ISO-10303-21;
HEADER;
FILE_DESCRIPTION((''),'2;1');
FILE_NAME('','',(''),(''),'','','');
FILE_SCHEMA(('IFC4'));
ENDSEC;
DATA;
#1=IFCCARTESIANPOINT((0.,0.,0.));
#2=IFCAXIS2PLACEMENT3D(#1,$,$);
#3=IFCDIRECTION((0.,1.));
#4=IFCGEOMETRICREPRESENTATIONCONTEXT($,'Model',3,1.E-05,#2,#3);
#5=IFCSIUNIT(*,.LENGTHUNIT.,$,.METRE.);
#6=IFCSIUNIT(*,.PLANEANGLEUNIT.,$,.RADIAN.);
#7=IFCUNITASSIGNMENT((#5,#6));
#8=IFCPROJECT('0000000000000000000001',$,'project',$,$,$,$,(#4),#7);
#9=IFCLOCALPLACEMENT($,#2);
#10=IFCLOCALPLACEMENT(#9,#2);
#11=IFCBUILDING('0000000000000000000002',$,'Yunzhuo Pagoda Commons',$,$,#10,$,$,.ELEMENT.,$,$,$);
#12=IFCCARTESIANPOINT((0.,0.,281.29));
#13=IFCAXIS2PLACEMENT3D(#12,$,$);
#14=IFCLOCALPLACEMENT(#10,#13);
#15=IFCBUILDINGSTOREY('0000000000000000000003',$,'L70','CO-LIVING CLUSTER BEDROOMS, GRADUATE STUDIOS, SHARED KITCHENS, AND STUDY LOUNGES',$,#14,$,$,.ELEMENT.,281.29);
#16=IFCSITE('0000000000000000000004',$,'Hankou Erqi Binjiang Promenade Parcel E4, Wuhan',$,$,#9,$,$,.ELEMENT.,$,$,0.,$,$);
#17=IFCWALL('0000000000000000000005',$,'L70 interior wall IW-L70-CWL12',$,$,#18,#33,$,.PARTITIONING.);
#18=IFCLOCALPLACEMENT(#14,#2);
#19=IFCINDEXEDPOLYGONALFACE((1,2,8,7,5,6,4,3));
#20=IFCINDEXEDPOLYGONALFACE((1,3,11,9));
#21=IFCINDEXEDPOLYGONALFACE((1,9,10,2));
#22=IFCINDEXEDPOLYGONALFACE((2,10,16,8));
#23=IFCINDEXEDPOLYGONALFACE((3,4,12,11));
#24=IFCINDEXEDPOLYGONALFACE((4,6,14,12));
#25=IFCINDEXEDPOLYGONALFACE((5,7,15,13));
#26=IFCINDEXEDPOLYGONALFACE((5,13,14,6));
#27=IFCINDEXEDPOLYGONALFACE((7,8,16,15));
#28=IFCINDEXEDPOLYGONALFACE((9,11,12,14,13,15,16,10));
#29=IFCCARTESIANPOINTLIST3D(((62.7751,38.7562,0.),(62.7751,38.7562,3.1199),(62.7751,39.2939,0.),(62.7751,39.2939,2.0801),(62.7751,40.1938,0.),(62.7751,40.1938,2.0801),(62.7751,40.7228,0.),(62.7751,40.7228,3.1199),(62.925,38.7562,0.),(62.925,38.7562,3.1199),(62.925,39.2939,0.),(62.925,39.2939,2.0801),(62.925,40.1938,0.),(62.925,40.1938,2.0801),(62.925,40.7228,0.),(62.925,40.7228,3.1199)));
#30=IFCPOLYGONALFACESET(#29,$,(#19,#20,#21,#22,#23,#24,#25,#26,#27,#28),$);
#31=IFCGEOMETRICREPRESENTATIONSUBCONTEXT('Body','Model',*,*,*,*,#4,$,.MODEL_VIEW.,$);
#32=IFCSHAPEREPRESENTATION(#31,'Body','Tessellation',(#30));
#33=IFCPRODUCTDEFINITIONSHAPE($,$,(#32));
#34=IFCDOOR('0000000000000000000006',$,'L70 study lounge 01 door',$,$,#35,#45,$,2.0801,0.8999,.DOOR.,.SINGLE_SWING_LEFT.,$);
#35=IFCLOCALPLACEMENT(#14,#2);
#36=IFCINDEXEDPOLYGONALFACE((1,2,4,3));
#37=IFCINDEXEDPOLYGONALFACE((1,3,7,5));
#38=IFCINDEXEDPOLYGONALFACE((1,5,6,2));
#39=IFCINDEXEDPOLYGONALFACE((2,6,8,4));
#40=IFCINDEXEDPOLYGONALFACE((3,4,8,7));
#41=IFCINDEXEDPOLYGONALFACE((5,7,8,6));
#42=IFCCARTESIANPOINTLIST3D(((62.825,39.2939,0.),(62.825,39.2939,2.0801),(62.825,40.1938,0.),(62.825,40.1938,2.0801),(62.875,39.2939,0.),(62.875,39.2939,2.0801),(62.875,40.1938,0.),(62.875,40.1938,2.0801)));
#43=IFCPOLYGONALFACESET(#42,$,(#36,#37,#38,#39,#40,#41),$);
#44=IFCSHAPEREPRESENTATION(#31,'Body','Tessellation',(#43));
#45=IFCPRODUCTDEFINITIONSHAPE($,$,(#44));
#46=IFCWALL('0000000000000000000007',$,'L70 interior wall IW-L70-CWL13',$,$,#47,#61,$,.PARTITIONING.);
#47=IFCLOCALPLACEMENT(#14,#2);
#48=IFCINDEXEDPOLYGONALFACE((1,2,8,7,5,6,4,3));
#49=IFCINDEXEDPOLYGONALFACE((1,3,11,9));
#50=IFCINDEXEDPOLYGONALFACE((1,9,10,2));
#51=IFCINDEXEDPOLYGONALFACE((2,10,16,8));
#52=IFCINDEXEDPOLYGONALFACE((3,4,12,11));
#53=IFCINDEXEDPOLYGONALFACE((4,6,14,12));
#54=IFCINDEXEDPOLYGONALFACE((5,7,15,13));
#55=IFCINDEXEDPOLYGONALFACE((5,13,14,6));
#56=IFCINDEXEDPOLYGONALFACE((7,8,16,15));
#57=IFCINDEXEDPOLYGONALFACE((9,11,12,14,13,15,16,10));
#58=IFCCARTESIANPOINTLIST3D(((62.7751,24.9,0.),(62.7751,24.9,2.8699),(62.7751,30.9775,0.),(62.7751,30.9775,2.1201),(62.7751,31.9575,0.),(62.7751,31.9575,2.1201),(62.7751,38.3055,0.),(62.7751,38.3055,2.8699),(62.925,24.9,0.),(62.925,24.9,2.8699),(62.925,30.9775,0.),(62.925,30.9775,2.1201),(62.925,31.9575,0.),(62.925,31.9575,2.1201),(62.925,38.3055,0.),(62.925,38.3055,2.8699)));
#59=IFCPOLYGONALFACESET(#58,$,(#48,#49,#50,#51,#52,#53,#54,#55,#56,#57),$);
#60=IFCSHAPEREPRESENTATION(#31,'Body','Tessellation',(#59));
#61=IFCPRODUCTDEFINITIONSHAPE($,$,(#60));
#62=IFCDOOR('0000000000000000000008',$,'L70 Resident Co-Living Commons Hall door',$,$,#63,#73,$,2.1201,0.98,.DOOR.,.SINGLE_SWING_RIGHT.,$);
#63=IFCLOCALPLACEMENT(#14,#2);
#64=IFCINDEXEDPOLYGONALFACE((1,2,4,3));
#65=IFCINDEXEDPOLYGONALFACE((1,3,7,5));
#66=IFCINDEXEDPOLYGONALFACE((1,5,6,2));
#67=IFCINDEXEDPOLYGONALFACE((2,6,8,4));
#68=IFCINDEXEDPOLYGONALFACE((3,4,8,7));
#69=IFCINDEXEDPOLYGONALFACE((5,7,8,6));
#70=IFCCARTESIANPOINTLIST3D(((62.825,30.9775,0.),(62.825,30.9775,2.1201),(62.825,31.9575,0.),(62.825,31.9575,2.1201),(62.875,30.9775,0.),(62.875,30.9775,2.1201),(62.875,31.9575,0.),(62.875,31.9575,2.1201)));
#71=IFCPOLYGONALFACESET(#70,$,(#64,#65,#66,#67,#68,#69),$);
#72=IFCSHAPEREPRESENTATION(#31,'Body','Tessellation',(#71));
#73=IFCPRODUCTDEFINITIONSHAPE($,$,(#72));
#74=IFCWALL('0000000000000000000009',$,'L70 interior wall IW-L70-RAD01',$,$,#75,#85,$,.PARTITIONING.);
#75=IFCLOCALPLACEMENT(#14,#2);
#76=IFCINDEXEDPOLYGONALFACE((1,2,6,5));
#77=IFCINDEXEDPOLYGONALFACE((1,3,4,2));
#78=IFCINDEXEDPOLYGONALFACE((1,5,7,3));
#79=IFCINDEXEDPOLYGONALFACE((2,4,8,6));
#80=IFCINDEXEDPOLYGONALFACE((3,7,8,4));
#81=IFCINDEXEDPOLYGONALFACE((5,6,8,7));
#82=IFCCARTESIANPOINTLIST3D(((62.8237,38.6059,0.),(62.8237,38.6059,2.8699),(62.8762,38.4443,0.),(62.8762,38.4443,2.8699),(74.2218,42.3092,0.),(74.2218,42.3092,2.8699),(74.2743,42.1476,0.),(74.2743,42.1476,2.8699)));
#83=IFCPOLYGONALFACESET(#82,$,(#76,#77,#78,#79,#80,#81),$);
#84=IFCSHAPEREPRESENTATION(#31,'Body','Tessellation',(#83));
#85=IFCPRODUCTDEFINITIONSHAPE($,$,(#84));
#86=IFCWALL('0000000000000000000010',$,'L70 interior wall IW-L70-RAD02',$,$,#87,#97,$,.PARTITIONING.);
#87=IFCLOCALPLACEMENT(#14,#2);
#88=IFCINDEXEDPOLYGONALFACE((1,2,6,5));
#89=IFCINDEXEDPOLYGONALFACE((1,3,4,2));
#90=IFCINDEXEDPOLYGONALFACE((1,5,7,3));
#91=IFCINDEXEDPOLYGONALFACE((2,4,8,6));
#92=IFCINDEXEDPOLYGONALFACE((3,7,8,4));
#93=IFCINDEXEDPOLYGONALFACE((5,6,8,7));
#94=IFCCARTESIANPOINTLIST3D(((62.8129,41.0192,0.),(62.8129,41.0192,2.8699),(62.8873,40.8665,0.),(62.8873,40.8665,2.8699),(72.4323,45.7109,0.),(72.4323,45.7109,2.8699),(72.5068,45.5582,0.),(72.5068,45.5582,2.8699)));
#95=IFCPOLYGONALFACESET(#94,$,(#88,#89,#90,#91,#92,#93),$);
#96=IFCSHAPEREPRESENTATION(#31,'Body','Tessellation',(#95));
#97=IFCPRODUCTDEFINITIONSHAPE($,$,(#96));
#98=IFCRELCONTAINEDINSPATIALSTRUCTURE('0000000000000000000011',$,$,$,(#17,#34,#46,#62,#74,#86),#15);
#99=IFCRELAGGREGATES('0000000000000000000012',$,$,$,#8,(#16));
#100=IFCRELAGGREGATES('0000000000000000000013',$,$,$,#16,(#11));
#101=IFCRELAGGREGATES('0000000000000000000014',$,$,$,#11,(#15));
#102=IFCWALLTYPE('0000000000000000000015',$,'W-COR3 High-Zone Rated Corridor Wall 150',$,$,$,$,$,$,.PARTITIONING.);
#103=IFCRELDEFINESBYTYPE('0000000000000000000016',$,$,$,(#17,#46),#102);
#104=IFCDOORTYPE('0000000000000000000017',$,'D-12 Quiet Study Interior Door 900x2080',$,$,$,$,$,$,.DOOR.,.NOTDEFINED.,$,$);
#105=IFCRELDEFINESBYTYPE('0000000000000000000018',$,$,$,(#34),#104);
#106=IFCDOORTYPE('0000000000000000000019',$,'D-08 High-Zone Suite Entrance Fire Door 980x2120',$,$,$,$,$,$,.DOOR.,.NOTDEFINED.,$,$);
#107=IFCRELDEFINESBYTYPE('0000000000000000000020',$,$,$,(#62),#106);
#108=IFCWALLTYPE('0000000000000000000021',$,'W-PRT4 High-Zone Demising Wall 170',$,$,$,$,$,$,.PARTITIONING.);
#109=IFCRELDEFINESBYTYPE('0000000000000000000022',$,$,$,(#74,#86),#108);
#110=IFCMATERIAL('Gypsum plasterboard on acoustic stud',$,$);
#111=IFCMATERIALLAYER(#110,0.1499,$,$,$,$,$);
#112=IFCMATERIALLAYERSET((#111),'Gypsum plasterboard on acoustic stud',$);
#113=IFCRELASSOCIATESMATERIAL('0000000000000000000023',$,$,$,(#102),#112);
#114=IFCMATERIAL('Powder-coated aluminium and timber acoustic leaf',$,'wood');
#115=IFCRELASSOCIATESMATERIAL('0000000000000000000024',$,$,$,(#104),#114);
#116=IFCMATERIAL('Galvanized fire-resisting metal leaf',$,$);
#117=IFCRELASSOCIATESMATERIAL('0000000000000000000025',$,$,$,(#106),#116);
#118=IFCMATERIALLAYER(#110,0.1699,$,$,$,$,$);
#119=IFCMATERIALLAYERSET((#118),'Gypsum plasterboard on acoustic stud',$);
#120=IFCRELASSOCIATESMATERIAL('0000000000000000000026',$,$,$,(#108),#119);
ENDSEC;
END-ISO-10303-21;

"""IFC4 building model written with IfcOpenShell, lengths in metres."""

from ifc_helpers import new_model, si_unit, direction, frame, frame_2d, origin, origin_with_axes, place, context, subcontext, project, spatial, rectangle, extrude, source, transform, mapped, material, layer, layer_set, type_object, element, fill, save


model = new_model("IFC4")

# Units and contexts
model_context = context("Model", 3, precision=1e-05, world=origin(), true_north=direction((0.0, 1.0)))
body_context = subcontext(model_context, "Body", "Model", "MODEL_VIEW")
ifc_project = project(units=[si_unit("LENGTHUNIT", "METRE"), si_unit("PLANEANGLEUNIT", "RADIAN")], contexts=[model_context])

# Site, building, storey
site_placement = place(None, origin())
site = spatial("IfcSite", under=ifc_project, at=site_placement, Name="Hankou Erqi Binjiang Promenade Parcel E4, Wuhan", CompositionType="ELEMENT", RefElevation=0.0)
building_placement = place(site_placement, origin())
building = spatial("IfcBuilding", under=site, at=building_placement, Name="Yunzhuo Pagoda Commons", CompositionType="ELEMENT")
storey_placement = place(building_placement, frame((0.0, 0.0, 281.29)))
storey = spatial("IfcBuildingStorey", under=building, at=storey_placement, Name="L70", Description="CO-LIVING CLUSTER BEDROOMS, GRADUATE STUDIOS, SHARED KITCHENS, AND STUDY LOUNGES", CompositionType="ELEMENT", Elevation=281.29)

# Shared definitions
ifc_material_1 = material(Name="Gypsum plasterboard on acoustic stud")
ifc_layer_1 = layer(ifc_material_1, 0.1499)
ifc_layer_set_1 = layer_set([ifc_layer_1], Name="Gypsum plasterboard on acoustic stud")
wall_type_1 = type_object("IfcWallType", Name="W-COR3 High-Zone Rated Corridor Wall 150", PredefinedType="PARTITIONING", material=ifc_layer_set_1)

# Walls, openings, doors
wall_1_placement = place(storey_placement, frame((62.8501, 40.7229, 0.0), z_axis=(0.0, 0.0, 1.0), x_axis=(0.0, -1.0, 0.0)))
wall_1 = element("IfcWall", 1, at=wall_1_placement, inside=storey, type_object=wall_type_1, Name="L70 interior wall IW-L70-CWL12", PredefinedType="PARTITIONING", context=body_context, shape_type="SweptSolid", body=[
    extrude(rectangle(XDim=1.9666, YDim=0.1499, at=frame_2d((0.9834, 0.0))), origin(), (0.0, 0.0, 1.0), 3.1199),
])
opening_1_placement = place(wall_1_placement, frame((0.5291, 0.0, 0.0)))
opening_1 = element("IfcOpeningElement", 2, at=opening_1_placement, cuts=wall_1, PredefinedType="OPENING", context=body_context, shape_type="SweptSolid", body=[
    extrude(rectangle(XDim=0.8999, YDim=2.0801, at=frame_2d((0.45, 1.04))), frame((0.0, 0.085, 0.0), z_axis=(0.0, -1.0, 0.0), x_axis=(1.0, 0.0, 0.0)), (0.0, 0.0, 1.0), 0.1699),
])
ifc_material_2 = material(Name="Powder-coated aluminium and timber acoustic leaf", Category="wood")
door_type_1 = type_object("IfcDoorType", Name="D-12 Quiet Study Interior Door 900x2080", OperationType="NOTDEFINED", PredefinedType="DOOR", material=ifc_material_2)
shared_shape_1 = source(origin(), body_context, "Body", "SweptSolid", [
    extrude(rectangle(XDim=0.8999, YDim=2.0801, at=frame_2d((0.45, 1.04))), frame((0.0, 0.0249, 0.0), z_axis=(0.0, -1.0, 0.0), x_axis=(1.0, 0.0, 0.0)), (0.0, 0.0, 1.0), 0.05),
])
door_1_placement = place(opening_1_placement, origin_with_axes())
door_1 = element("IfcDoor", 3, at=door_1_placement, inside=storey, type_object=door_type_1, Name="L70 study lounge 01 door", OperationType="SINGLE_SWING_LEFT", OverallHeight=2.0801, OverallWidth=0.8999, PredefinedType="DOOR", context=body_context, shape_type="MappedRepresentation", body=[
    mapped(shared_shape_1, transform((0.0, 0.0, 0.0), scale=1.0)),
])
fill(opening_1, door_1)
wall_2_placement = place(storey_placement, frame((62.8501, 38.3054, 0.0), z_axis=(0.0, 0.0, 1.0), x_axis=(0.0, -1.0, 0.0)))
wall_2 = element("IfcWall", 4, at=wall_2_placement, inside=storey, type_object=wall_type_1, Name="L70 interior wall IW-L70-CWL13", PredefinedType="PARTITIONING", context=body_context, shape_type="SweptSolid", body=[
    extrude(rectangle(XDim=13.4055, YDim=0.1499, at=frame_2d((6.7026, 0.0))), origin(), (0.0, 0.0, 1.0), 2.8699),
])
opening_2_placement = place(wall_2_placement, frame((6.3479, 0.0, 0.0)))
opening_2 = element("IfcOpeningElement", 5, at=opening_2_placement, cuts=wall_2, PredefinedType="OPENING", context=body_context, shape_type="SweptSolid", body=[
    extrude(rectangle(XDim=0.98, YDim=2.1201, at=frame_2d((0.49, 1.0601))), frame((0.0, 0.085, 0.0), z_axis=(0.0, -1.0, 0.0), x_axis=(1.0, 0.0, 0.0)), (0.0, 0.0, 1.0), 0.1699),
])
ifc_material_3 = material(Name="Galvanized fire-resisting metal leaf")
door_type_2 = type_object("IfcDoorType", Name="D-08 High-Zone Suite Entrance Fire Door 980x2120", OperationType="NOTDEFINED", PredefinedType="DOOR", material=ifc_material_3)
shared_shape_2 = source(origin(), body_context, "Body", "SweptSolid", [
    extrude(rectangle(XDim=0.98, YDim=2.1201, at=frame_2d((0.49, 1.0601))), frame((0.0, 0.0249, 0.0), z_axis=(0.0, -1.0, 0.0), x_axis=(1.0, 0.0, 0.0)), (0.0, 0.0, 1.0), 0.05),
])
door_2_placement = place(opening_2_placement, origin_with_axes())
door_2 = element("IfcDoor", 6, at=door_2_placement, inside=storey, type_object=door_type_2, Name="L70 Resident Co-Living Commons Hall door", OperationType="SINGLE_SWING_RIGHT", OverallHeight=2.1201, OverallWidth=0.98, PredefinedType="DOOR", context=body_context, shape_type="MappedRepresentation", body=[
    mapped(shared_shape_2, transform((0.0, 0.0, 0.0), scale=1.0)),
])
fill(opening_2, door_2)

# Walls
ifc_layer_2 = layer(ifc_material_1, 0.1699)
ifc_layer_set_2 = layer_set([ifc_layer_2], Name="Gypsum plasterboard on acoustic stud")
wall_type_2 = type_object("IfcWallType", Name="W-PRT4 High-Zone Demising Wall 170", PredefinedType="PARTITIONING", material=ifc_layer_set_2)
wall_3_placement = place(storey_placement, frame((62.8501, 38.5251, 0.0), z_axis=(0.0, 0.0, 1.0), x_axis=(0.95106, 0.309007, 0.0)))
element("IfcWall", 7, at=wall_3_placement, inside=storey, type_object=wall_type_2, Name="L70 interior wall IW-L70-RAD01", PredefinedType="PARTITIONING", context=body_context, shape_type="SweptSolid", body=[
    extrude(rectangle(XDim=11.9846, YDim=0.1699, at=frame_2d((5.9922, 0.0))), origin(), (0.0, 0.0, 1.0), 2.8699),
])
wall_4_placement = place(storey_placement, frame((62.8501, 40.9429, 0.0), z_axis=(0.0, 0.0, 1.0), x_axis=(0.898795, 0.438368, 0.0)))
element("IfcWall", 8, at=wall_4_placement, inside=storey, type_object=wall_type_2, Name="L70 interior wall IW-L70-RAD02", PredefinedType="PARTITIONING", context=body_context, shape_type="SweptSolid", body=[
    extrude(rectangle(XDim=10.7026, YDim=0.1699, at=frame_2d((5.3513, 0.0))), origin(), (0.0, 0.0, 1.0), 2.8699),
])

save(model, "model.ifc")
